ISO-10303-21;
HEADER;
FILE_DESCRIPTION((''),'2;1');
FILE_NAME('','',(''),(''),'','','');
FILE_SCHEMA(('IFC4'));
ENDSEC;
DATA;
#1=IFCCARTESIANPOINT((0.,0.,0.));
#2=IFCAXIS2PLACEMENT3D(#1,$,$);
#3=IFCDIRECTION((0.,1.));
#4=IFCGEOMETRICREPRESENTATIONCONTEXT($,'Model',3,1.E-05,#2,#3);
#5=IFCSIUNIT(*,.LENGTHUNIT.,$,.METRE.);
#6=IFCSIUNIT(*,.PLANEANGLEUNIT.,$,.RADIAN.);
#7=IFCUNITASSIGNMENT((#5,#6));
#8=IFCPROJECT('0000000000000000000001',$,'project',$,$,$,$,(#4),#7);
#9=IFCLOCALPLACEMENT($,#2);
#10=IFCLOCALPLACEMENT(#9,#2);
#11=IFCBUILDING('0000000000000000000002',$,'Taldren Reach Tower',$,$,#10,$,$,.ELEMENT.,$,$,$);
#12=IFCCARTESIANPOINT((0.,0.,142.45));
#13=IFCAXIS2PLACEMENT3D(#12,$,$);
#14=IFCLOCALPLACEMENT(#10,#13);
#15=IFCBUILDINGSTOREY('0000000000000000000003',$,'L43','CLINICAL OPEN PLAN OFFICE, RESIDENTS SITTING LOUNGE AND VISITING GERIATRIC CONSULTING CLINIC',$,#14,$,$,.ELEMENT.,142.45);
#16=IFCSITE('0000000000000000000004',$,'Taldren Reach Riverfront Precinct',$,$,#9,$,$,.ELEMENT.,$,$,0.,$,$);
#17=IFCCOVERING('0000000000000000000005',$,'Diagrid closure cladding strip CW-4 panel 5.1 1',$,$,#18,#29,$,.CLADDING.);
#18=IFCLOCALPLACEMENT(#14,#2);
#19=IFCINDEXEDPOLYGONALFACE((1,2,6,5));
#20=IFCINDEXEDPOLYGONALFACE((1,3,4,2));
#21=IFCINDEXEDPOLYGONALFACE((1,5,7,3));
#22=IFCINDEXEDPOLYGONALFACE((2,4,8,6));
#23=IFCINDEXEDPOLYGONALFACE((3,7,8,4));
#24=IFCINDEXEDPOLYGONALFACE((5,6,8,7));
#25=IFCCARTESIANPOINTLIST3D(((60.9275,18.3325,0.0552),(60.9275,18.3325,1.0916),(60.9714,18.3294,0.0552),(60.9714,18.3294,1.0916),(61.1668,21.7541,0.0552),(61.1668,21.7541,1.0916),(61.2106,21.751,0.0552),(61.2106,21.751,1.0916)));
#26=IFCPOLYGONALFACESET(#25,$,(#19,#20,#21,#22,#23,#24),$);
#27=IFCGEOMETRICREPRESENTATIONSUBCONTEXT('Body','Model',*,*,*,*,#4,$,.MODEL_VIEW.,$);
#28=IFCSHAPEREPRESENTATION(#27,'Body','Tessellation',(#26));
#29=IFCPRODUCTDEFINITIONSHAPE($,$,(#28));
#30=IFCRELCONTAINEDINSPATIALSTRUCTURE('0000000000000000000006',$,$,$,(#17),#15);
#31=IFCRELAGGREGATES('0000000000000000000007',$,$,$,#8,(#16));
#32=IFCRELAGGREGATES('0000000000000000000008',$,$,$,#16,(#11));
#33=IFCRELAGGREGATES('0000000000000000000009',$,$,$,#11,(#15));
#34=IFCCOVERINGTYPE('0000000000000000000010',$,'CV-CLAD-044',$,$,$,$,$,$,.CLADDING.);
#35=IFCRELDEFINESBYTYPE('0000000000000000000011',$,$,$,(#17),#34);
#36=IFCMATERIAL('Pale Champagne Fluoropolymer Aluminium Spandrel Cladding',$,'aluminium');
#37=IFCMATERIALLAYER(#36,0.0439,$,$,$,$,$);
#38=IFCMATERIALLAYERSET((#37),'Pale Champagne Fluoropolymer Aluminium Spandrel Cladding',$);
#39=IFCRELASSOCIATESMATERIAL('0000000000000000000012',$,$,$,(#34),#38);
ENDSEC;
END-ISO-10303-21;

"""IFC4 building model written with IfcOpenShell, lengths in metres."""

from ifc_helpers import new_model, si_unit, direction, frame, origin, origin_2d, place, context, subcontext, project, spatial, rectangle, extrude, source, transform, mapped, material, layer, layer_set, type_object, element, save


model = new_model("IFC4")

# Units and contexts
model_context = context("Model", 3, precision=1e-05, world=origin(), true_north=direction((0.0, 1.0)))
body_context = subcontext(model_context, "Body", "Model", "MODEL_VIEW")
ifc_project = project(units=[si_unit("LENGTHUNIT", "METRE"), si_unit("PLANEANGLEUNIT", "RADIAN")], contexts=[model_context])

# Site, building, storey
site_placement = place(None, origin())
site = spatial("IfcSite", under=ifc_project, at=site_placement, Name="Taldren Reach Riverfront Precinct", CompositionType="ELEMENT", RefElevation=0.0)
building_placement = place(site_placement, origin())
building = spatial("IfcBuilding", under=site, at=building_placement, Name="Taldren Reach Tower", CompositionType="ELEMENT")
storey_placement = place(building_placement, frame((0.0, 0.0, 142.45)))
storey = spatial("IfcBuildingStorey", under=building, at=storey_placement, Name="L43", Description="CLINICAL OPEN PLAN OFFICE, RESIDENTS SITTING LOUNGE AND VISITING GERIATRIC CONSULTING CLINIC", CompositionType="ELEMENT", Elevation=142.45)

# Covering
ifc_material_1 = material(Name="Pale Champagne Fluoropolymer Aluminium Spandrel Cladding", Category="aluminium")
ifc_layer_1 = layer(ifc_material_1, 0.0439)
ifc_layer_set_1 = layer_set([ifc_layer_1], Name="Pale Champagne Fluoropolymer Aluminium Spandrel Cladding")
covering_type = type_object("IfcCoveringType", Name="CV-CLAD-044", PredefinedType="CLADDING", material=ifc_layer_set_1)
shared_shape_1 = source(origin(), body_context, "Body", "SweptSolid", [
    extrude(rectangle(XDim=3.4299, YDim=0.0439, at=origin_2d()), origin(), (0.0, 0.0, 1.0), 1.0364),
])
covering_placement = place(storey_placement, frame((61.0691, 20.0417, 0.0552), z_axis=(0.0, 0.0, 1.0), x_axis=(0.069756, 0.997564, 0.0)))
element("IfcCovering", 1, at=covering_placement, inside=storey, type_object=covering_type, Name="Diagrid closure cladding strip CW-4 panel 5.1 1", PredefinedType="CLADDING", context=body_context, shape_type="MappedRepresentation", body=[
    mapped(shared_shape_1, transform((0.0, 0.0, 0.0), scale=1.0)),
])

save(model, "model.ifc")
